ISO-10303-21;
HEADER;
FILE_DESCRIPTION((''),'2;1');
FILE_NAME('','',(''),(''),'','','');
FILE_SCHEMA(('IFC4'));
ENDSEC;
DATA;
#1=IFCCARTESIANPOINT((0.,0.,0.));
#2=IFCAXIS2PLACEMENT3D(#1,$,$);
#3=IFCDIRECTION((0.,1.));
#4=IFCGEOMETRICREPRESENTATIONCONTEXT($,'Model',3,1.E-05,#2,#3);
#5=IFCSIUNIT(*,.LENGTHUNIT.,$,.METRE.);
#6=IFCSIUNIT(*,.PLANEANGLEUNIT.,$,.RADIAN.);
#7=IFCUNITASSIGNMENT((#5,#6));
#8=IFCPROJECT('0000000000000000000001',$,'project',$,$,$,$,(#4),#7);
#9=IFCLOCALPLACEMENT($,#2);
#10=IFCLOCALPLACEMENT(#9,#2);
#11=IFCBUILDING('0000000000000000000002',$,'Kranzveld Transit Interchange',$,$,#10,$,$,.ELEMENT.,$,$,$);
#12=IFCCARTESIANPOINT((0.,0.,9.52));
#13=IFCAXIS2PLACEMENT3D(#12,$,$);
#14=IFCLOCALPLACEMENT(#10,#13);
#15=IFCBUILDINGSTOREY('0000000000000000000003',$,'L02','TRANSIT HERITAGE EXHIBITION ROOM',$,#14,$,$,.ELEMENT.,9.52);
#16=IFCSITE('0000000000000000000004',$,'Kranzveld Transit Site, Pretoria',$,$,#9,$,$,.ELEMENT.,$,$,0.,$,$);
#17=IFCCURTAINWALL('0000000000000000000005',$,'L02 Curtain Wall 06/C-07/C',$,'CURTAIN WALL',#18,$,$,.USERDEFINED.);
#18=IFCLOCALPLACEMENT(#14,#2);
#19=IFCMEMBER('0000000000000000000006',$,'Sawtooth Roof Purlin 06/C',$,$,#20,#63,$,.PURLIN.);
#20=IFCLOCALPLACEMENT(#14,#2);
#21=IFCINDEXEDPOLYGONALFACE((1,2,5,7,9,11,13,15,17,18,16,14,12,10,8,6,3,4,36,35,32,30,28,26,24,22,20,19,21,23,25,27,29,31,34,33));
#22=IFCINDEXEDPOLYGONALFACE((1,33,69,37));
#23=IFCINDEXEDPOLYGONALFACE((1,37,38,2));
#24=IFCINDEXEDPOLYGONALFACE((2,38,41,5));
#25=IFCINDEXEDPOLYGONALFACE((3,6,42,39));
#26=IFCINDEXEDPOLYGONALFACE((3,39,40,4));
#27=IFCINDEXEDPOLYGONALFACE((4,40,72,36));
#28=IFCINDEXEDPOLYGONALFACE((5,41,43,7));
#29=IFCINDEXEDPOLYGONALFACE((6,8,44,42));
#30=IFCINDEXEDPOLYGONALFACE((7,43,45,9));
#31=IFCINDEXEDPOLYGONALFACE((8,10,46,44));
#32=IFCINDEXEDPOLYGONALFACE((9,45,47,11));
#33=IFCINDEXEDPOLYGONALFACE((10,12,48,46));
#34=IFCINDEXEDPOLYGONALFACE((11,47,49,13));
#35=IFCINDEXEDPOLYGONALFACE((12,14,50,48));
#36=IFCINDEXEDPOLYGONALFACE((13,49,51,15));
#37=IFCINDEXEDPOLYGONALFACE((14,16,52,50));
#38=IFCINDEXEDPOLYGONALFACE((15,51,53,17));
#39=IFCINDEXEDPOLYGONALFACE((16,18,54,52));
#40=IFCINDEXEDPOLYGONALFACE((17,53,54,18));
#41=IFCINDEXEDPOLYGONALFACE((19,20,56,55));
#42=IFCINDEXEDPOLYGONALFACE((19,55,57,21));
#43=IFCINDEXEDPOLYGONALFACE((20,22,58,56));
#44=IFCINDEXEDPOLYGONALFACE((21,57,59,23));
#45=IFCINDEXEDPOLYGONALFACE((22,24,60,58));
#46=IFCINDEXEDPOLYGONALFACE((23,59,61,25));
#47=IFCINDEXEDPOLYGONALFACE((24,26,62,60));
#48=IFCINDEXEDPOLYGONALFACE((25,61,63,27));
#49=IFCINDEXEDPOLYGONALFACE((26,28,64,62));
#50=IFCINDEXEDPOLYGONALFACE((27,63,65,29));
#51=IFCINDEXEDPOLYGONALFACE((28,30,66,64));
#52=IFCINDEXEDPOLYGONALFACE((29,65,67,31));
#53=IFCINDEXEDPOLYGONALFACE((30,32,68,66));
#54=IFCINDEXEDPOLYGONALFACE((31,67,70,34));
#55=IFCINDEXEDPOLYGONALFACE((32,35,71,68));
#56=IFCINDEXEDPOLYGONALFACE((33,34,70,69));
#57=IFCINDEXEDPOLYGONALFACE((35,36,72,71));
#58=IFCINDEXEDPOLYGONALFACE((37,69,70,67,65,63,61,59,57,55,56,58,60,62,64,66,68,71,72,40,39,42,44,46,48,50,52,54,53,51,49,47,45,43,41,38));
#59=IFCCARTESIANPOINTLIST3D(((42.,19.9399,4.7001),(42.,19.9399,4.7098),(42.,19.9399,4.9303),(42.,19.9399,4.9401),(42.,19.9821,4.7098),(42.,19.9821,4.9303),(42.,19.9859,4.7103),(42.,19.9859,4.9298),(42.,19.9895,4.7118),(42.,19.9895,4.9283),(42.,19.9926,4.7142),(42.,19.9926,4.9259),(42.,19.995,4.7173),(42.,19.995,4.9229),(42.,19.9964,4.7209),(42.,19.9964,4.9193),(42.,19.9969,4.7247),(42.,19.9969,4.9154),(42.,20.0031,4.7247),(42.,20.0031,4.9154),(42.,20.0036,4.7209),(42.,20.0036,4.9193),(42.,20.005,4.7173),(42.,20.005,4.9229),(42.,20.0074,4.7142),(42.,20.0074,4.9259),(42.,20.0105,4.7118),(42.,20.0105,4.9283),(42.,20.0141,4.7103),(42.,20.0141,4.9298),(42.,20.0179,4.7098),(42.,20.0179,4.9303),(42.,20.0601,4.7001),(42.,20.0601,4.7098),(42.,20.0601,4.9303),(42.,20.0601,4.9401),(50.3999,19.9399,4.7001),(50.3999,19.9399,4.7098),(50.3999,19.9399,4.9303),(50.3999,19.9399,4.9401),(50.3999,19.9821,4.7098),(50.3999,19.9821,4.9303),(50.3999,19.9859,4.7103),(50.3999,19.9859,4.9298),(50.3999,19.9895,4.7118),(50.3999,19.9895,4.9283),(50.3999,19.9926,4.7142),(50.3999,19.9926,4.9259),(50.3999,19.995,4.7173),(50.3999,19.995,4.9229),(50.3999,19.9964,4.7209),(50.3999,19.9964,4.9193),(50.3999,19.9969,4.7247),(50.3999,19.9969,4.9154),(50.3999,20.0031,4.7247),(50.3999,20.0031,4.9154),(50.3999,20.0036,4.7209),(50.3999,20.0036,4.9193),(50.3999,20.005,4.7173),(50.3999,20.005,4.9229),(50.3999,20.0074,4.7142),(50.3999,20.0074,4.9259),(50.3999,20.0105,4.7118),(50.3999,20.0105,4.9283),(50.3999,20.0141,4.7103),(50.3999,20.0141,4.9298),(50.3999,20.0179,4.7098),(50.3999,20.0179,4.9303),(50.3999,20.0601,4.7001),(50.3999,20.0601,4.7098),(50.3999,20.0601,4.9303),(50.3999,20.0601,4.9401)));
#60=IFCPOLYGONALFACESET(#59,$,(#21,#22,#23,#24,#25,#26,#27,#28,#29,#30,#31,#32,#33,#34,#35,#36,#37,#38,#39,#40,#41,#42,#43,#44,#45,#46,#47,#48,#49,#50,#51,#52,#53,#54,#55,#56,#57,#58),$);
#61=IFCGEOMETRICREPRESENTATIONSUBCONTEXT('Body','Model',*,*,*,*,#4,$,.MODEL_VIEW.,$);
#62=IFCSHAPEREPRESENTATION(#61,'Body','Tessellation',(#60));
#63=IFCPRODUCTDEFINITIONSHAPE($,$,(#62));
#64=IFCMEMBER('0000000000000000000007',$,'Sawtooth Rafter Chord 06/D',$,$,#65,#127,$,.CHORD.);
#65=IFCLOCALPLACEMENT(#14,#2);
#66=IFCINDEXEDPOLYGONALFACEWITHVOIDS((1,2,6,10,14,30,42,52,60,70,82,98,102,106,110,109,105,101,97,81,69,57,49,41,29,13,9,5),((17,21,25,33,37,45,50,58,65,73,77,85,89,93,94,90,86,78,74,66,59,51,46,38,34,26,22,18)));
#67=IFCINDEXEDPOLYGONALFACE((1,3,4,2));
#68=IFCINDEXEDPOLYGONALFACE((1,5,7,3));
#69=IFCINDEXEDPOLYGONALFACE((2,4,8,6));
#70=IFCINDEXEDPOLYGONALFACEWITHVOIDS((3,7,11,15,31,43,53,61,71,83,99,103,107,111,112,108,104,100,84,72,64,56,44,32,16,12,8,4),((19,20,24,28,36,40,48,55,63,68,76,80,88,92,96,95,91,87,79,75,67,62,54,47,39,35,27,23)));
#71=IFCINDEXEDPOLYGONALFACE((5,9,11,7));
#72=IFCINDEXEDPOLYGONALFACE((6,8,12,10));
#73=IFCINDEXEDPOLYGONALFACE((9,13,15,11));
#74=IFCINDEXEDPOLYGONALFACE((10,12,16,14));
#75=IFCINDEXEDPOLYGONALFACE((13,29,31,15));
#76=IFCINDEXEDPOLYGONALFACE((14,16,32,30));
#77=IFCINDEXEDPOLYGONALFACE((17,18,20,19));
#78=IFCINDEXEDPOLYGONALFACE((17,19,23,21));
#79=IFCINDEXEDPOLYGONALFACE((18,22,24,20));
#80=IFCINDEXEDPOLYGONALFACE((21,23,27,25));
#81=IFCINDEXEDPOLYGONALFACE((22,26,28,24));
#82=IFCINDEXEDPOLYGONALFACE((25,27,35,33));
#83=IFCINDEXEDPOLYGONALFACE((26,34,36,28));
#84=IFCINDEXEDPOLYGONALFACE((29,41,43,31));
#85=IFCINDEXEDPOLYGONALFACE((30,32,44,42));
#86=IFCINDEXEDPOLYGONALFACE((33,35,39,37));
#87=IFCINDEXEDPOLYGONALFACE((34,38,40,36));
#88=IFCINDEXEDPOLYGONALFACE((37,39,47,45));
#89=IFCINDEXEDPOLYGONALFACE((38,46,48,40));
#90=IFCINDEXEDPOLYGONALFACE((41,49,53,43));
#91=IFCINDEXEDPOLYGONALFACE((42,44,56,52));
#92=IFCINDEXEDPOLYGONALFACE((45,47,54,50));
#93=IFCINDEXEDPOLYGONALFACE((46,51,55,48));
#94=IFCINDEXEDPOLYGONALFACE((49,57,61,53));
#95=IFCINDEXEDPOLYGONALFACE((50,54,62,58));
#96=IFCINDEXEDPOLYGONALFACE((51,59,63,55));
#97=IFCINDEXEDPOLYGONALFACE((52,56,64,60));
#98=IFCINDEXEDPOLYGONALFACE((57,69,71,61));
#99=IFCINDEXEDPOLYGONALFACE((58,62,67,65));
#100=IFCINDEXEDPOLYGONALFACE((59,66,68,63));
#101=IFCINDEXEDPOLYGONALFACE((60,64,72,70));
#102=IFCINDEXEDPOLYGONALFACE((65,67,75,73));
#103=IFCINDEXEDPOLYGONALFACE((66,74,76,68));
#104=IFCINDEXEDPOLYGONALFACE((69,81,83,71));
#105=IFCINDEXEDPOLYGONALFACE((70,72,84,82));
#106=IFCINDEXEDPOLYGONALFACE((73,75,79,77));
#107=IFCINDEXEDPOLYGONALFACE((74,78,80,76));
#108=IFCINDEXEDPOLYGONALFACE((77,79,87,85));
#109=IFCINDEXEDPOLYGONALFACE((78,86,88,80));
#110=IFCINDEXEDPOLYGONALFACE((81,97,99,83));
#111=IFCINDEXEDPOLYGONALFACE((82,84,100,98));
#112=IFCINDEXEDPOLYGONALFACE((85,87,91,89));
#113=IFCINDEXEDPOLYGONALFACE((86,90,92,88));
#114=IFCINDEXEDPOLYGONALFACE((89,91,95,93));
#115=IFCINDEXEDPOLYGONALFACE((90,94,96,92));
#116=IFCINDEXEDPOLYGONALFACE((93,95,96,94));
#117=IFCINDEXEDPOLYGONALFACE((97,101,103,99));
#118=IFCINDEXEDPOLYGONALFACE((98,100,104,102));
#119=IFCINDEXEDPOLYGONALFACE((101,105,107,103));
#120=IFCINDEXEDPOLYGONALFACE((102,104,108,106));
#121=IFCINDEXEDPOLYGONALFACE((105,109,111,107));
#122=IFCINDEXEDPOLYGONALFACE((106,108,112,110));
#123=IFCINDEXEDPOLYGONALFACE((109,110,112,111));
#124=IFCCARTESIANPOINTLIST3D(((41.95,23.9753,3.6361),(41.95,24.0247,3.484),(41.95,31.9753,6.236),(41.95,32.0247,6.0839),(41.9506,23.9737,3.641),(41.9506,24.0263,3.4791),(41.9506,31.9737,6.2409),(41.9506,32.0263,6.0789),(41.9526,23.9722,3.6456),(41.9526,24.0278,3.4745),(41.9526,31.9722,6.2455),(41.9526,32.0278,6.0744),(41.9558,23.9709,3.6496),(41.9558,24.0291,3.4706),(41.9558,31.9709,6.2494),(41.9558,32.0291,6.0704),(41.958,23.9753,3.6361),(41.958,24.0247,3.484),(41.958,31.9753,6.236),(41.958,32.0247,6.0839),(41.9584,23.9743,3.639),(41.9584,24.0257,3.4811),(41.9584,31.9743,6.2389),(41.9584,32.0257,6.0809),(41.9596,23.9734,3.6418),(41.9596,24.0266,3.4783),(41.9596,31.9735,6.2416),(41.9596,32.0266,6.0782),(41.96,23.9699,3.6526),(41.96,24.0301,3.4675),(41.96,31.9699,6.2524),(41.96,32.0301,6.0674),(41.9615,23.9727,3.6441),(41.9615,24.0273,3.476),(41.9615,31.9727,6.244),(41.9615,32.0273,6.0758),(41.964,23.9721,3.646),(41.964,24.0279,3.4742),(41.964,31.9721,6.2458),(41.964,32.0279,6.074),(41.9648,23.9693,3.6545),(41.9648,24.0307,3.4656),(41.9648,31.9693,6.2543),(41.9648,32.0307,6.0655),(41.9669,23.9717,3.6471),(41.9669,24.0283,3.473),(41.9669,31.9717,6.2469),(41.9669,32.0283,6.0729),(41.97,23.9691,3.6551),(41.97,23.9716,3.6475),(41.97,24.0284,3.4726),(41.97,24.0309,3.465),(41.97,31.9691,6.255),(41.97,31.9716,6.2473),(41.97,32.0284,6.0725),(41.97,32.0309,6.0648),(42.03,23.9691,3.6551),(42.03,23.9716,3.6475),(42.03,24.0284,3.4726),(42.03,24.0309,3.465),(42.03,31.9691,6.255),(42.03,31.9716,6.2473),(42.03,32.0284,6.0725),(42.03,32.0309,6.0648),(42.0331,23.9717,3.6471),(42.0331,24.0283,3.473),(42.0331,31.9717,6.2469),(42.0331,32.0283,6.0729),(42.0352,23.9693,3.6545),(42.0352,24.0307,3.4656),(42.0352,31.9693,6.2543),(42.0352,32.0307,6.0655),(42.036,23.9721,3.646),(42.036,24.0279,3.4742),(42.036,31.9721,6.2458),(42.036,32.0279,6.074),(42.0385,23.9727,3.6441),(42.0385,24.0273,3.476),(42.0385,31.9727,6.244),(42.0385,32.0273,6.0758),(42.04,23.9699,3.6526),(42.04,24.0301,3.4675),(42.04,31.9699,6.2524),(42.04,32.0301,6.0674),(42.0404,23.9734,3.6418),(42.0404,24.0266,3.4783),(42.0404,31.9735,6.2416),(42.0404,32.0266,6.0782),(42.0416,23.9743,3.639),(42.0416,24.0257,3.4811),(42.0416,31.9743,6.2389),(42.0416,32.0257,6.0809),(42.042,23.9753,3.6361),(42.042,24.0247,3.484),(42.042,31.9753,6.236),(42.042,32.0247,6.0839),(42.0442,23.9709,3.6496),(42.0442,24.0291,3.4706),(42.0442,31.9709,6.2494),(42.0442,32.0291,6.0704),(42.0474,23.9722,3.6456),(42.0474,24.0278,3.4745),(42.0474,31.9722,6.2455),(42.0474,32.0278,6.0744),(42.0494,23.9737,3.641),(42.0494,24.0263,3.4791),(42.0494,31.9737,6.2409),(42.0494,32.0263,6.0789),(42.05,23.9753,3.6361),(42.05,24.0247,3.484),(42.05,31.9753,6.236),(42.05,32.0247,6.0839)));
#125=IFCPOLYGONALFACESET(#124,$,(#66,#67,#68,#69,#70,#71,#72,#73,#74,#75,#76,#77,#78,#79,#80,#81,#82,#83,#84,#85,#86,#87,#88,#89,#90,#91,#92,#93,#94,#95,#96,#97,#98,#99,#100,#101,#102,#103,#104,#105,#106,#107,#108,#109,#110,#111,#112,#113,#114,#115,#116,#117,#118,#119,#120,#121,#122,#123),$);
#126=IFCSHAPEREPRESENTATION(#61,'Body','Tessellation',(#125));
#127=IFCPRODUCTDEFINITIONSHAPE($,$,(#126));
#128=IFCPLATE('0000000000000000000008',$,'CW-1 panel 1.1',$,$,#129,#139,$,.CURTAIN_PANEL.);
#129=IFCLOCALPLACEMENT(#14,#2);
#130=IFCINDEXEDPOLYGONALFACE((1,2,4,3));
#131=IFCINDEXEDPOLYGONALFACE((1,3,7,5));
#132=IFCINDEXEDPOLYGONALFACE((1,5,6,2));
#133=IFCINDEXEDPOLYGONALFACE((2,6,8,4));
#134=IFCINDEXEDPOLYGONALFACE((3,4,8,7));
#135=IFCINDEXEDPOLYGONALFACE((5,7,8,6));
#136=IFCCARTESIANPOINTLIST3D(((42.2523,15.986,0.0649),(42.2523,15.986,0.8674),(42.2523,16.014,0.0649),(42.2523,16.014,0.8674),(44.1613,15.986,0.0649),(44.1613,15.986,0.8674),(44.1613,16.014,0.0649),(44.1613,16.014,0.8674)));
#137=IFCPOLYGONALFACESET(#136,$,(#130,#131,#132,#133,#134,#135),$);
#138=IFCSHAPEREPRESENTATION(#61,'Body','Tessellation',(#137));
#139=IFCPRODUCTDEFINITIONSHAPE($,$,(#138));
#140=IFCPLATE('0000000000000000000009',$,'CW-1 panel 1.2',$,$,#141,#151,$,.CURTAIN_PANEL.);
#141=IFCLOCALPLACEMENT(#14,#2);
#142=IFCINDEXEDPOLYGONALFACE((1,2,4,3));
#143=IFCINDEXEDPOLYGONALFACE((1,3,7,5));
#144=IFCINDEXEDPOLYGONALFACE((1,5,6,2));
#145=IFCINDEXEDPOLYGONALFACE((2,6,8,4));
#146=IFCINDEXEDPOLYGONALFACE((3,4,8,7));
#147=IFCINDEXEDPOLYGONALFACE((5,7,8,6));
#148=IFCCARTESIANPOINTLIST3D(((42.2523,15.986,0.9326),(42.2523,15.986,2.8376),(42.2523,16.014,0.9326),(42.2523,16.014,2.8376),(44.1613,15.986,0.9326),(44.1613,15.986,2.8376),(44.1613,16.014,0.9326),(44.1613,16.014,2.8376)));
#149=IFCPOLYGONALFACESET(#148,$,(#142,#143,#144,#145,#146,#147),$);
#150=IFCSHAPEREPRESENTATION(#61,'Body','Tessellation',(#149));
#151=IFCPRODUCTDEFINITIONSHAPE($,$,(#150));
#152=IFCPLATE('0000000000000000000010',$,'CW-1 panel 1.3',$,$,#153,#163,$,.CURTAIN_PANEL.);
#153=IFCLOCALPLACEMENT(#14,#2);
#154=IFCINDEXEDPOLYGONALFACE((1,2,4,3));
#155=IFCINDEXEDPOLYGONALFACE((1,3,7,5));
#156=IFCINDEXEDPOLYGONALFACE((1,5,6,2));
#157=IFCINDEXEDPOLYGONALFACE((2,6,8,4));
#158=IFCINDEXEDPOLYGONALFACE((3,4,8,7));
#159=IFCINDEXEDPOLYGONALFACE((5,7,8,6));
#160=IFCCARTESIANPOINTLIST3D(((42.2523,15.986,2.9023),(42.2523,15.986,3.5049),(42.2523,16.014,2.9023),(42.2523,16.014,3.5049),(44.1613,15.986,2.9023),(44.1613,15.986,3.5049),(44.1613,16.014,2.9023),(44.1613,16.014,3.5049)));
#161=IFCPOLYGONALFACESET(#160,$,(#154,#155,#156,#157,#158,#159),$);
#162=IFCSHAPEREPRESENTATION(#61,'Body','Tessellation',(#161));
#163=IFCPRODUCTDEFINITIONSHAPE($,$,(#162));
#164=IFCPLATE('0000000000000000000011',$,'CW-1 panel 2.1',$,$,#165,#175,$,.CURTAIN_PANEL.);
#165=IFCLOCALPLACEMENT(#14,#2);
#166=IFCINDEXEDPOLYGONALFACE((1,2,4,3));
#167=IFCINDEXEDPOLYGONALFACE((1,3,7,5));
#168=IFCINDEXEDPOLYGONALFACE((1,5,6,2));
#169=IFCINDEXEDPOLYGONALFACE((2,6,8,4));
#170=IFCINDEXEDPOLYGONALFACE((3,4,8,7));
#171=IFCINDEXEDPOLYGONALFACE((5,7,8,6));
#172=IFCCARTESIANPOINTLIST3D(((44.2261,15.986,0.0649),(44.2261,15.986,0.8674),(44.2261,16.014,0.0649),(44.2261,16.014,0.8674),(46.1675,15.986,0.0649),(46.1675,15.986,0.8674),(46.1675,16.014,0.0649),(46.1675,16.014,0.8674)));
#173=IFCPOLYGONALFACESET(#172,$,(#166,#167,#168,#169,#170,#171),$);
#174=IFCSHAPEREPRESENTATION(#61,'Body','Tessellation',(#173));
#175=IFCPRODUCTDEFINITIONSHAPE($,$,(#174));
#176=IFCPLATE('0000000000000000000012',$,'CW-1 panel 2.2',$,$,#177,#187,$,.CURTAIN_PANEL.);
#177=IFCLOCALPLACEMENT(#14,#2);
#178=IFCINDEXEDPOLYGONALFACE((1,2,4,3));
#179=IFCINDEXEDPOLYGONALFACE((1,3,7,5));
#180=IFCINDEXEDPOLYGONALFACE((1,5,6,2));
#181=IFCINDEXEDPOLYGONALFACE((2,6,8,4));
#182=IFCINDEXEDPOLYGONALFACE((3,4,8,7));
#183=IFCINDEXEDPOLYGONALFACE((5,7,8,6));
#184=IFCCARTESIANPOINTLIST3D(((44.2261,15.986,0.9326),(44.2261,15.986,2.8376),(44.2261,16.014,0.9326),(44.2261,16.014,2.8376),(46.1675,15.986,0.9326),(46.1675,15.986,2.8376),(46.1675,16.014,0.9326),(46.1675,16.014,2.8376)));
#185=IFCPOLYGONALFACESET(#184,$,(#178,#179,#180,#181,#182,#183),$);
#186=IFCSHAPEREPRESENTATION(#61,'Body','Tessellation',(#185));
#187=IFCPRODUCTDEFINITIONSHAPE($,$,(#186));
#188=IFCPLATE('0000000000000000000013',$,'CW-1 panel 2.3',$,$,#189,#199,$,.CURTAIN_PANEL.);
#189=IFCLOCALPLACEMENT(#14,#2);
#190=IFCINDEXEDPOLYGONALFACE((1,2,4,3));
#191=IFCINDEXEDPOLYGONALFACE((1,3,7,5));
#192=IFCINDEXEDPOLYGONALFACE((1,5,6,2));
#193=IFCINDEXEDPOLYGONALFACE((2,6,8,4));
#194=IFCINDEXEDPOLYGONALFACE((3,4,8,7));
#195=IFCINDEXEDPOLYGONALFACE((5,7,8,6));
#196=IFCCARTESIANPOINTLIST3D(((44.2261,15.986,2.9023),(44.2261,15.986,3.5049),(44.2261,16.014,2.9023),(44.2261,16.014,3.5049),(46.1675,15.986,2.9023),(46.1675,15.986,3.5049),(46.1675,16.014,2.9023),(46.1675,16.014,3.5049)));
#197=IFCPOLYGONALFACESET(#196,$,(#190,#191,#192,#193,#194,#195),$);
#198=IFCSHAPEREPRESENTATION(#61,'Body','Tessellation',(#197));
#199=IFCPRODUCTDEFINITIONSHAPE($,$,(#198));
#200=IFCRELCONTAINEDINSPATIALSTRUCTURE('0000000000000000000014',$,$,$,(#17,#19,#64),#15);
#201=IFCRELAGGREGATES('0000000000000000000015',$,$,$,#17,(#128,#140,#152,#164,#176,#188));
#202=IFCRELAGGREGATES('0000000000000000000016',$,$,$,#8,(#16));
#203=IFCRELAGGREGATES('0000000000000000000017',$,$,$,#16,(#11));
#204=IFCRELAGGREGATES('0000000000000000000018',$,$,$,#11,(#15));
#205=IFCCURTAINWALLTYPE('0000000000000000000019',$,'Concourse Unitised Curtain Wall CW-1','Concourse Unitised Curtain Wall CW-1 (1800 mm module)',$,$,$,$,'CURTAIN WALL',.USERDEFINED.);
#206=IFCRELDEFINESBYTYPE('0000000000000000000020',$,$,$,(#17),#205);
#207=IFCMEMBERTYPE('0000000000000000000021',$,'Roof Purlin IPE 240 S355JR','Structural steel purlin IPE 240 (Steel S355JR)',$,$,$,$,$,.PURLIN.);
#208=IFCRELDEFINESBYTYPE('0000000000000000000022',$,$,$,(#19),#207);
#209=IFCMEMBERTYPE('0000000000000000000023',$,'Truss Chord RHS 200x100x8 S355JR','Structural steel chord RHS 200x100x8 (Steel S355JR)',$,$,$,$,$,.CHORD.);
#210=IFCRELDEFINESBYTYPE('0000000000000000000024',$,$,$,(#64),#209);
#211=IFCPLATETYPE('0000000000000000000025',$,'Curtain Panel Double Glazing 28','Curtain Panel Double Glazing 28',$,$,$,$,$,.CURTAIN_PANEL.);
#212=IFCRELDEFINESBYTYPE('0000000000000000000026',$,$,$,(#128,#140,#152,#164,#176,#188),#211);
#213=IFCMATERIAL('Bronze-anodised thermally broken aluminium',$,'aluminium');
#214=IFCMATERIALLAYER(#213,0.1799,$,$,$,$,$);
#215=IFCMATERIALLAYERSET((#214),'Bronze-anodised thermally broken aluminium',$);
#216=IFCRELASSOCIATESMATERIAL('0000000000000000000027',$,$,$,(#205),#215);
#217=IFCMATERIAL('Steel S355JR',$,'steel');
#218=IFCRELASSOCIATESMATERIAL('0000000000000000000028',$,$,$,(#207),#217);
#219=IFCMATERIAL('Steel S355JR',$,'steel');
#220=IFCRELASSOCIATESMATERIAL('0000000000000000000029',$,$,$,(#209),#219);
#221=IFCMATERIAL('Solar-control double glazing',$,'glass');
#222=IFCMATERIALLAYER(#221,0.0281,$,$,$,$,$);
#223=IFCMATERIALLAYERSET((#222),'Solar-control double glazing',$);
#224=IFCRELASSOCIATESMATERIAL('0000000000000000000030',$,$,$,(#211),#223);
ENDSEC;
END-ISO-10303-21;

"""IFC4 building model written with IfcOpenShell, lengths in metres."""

from ifc_helpers import new_model, si_unit, direction, frame, origin, origin_2d, place, context, subcontext, project, spatial, rectangle, hollow_rectangle, i_section, extrude, material, layer, layer_set, material_profile, profile_set, type_object, element, aggregate, save


model = new_model("IFC4")

# Units and contexts
model_context = context("Model", 3, precision=1e-05, world=origin(), true_north=direction((0.0, 1.0)))
body_context = subcontext(model_context, "Body", "Model", "MODEL_VIEW")
ifc_project = project(units=[si_unit("LENGTHUNIT", "METRE"), si_unit("PLANEANGLEUNIT", "RADIAN")], contexts=[model_context])

# Site, building, storey
site_placement = place(None, origin())
site = spatial("IfcSite", under=ifc_project, at=site_placement, Name="Kranzveld Transit Site, Pretoria", CompositionType="ELEMENT", RefElevation=0.0)
building_placement = place(site_placement, origin())
building = spatial("IfcBuilding", under=site, at=building_placement, Name="Kranzveld Transit Interchange", CompositionType="ELEMENT")
storey_placement = place(building_placement, frame((0.0, 0.0, 9.52)))
storey = spatial("IfcBuildingStorey", under=building, at=storey_placement, Name="L02", Description="TRANSIT HERITAGE EXHIBITION ROOM", CompositionType="ELEMENT", Elevation=9.52)

# Curtain wall
ifc_material_1 = material(Name="Bronze-anodised thermally broken aluminium", Category="aluminium")
ifc_layer_1 = layer(ifc_material_1, 0.1799)
ifc_layer_set_1 = layer_set([ifc_layer_1], Name="Bronze-anodised thermally broken aluminium")
curtain_wall_type = type_object("IfcCurtainWallType", Name="Concourse Unitised Curtain Wall CW-1", Description="Concourse Unitised Curtain Wall CW-1 (1800 mm module)", ElementType="CURTAIN WALL", PredefinedType="USERDEFINED", material=ifc_layer_set_1)
curtain_wall_placement = place(storey_placement, origin())
curtain_wall = element("IfcCurtainWall", 1, at=curtain_wall_placement, inside=storey, type_object=curtain_wall_type, Name="L02 Curtain Wall 06/C-07/C", ObjectType="CURTAIN WALL", PredefinedType="USERDEFINED")

# Members
ifc_material_2 = material(Name="Steel S355JR", Category="steel")
ifc_material_profile_1 = material_profile(ifc_material_2, i_section(OverallWidth=0.1201, OverallDepth=0.24, WebThickness=0.0061, FlangeThickness=0.0098, FilletRadius=0.0149, at=origin_2d()), Name="IPE 240")
ifc_profile_set_1 = profile_set([ifc_material_profile_1], Name="Steel S355JR")
member_type_1 = type_object("IfcMemberType", Name="Roof Purlin IPE 240 S355JR", Description="Structural steel purlin IPE 240 (Steel S355JR)", PredefinedType="PURLIN", material=ifc_profile_set_1)
member_1_placement = place(storey_placement, frame((42.0, 20.0, 4.8201), z_axis=(1.0, 0.0, 0.0), x_axis=(0.0, 1.0, 0.0)))
element("IfcMember", 2, at=member_1_placement, inside=storey, type_object=member_type_1, Name="Sawtooth Roof Purlin 06/C", PredefinedType="PURLIN", context=body_context, shape_type="SweptSolid", body=[
    extrude(i_section(OverallWidth=0.1201, OverallDepth=0.24, WebThickness=0.0061, FlangeThickness=0.0098, FilletRadius=0.0149, at=origin_2d()), origin(), (0.0, 0.0, 1.0), 8.3999),
])
ifc_material_3 = material(Name="Steel S355JR", Category="steel")
ifc_material_profile_2 = material_profile(ifc_material_3, hollow_rectangle(XDim=0.1001, YDim=0.2, WallThickness=0.0081, InnerFilletRadius=0.012, OuterFilletRadius=0.02, at=origin_2d()), Name="RHS 200x100x8")
ifc_profile_set_2 = profile_set([ifc_material_profile_2], Name="Steel S355JR")
member_type_2 = type_object("IfcMemberType", Name="Truss Chord RHS 200x100x8 S355JR", Description="Structural steel chord RHS 200x100x8 (Steel S355JR)", PredefinedType="CHORD", material=ifc_profile_set_2)
member_2_placement = place(storey_placement, frame((42.0, 24.0, 3.5601), z_axis=(0.0, 0.951039, 0.30907), x_axis=(-1.0, 0.0, 0.0)))
element("IfcMember", 3, at=member_2_placement, inside=storey, type_object=member_type_2, Name="Sawtooth Rafter Chord 06/D", PredefinedType="CHORD", context=body_context, shape_type="SweptSolid", body=[
    extrude(hollow_rectangle(XDim=0.1001, YDim=0.2, WallThickness=0.0081, InnerFilletRadius=0.012, OuterFilletRadius=0.02, at=origin_2d()), origin(), (0.0, 0.0, 1.0), 8.4119),
])

# Plates
ifc_material_4 = material(Name="Solar-control double glazing", Category="glass")
ifc_layer_2 = layer(ifc_material_4, 0.0281)
ifc_layer_set_2 = layer_set([ifc_layer_2], Name="Solar-control double glazing")
plate_type = type_object("IfcPlateType", Name="Curtain Panel Double Glazing 28", Description="Curtain Panel Double Glazing 28", PredefinedType="CURTAIN_PANEL", material=ifc_layer_set_2)
plate_1_placement = place(storey_placement, frame((43.2068, 16.0, 0.0649), z_axis=(0.0, 0.0, 1.0), x_axis=(1.0, 0.0, 0.0)))
plate_1 = element("IfcPlate", 4, at=plate_1_placement, type_object=plate_type, Name="CW-1 panel 1.1", PredefinedType="CURTAIN_PANEL", context=body_context, shape_type="SweptSolid", body=[
    extrude(rectangle(XDim=1.9089, YDim=0.0281, at=origin_2d()), origin(), (0.0, 0.0, 1.0), 0.8025),
])
plate_2_placement = place(storey_placement, frame((43.2068, 16.0, 0.9326), z_axis=(0.0, 0.0, 1.0), x_axis=(1.0, 0.0, 0.0)))
plate_2 = element("IfcPlate", 5, at=plate_2_placement, type_object=plate_type, Name="CW-1 panel 1.2", PredefinedType="CURTAIN_PANEL", context=body_context, shape_type="SweptSolid", body=[
    extrude(rectangle(XDim=1.9089, YDim=0.0281, at=origin_2d()), origin(), (0.0, 0.0, 1.0), 1.905),
])
plate_3_placement = place(storey_placement, frame((43.2068, 16.0, 2.9023), z_axis=(0.0, 0.0, 1.0), x_axis=(1.0, 0.0, 0.0)))
plate_3 = element("IfcPlate", 6, at=plate_3_placement, type_object=plate_type, Name="CW-1 panel 1.3", PredefinedType="CURTAIN_PANEL", context=body_context, shape_type="SweptSolid", body=[
    extrude(rectangle(XDim=1.9089, YDim=0.0281, at=origin_2d()), origin(), (0.0, 0.0, 1.0), 0.6025),
])
plate_4_placement = place(storey_placement, frame((45.1968, 16.0, 0.0649), z_axis=(0.0, 0.0, 1.0), x_axis=(1.0, 0.0, 0.0)))
plate_4 = element("IfcPlate", 7, at=plate_4_placement, type_object=plate_type, Name="CW-1 panel 2.1", PredefinedType="CURTAIN_PANEL", context=body_context, shape_type="SweptSolid", body=[
    extrude(rectangle(XDim=1.9414, YDim=0.0281, at=origin_2d()), origin(), (0.0, 0.0, 1.0), 0.8025),
])
plate_5_placement = place(storey_placement, frame((45.1968, 16.0, 0.9326), z_axis=(0.0, 0.0, 1.0), x_axis=(1.0, 0.0, 0.0)))
plate_5 = element("IfcPlate", 8, at=plate_5_placement, type_object=plate_type, Name="CW-1 panel 2.2", PredefinedType="CURTAIN_PANEL", context=body_context, shape_type="SweptSolid", body=[
    extrude(rectangle(XDim=1.9414, YDim=0.0281, at=origin_2d()), origin(), (0.0, 0.0, 1.0), 1.905),
])
plate_6_placement = place(storey_placement, frame((45.1968, 16.0, 2.9023), z_axis=(0.0, 0.0, 1.0), x_axis=(1.0, 0.0, 0.0)))
plate_6 = element("IfcPlate", 9, at=plate_6_placement, type_object=plate_type, Name="CW-1 panel 2.3", PredefinedType="CURTAIN_PANEL", context=body_context, shape_type="SweptSolid", body=[
    extrude(rectangle(XDim=1.9414, YDim=0.0281, at=origin_2d()), origin(), (0.0, 0.0, 1.0), 0.6025),
])
aggregate(curtain_wall, [plate_1, plate_2, plate_3, plate_4, plate_5, plate_6])

save(model, "model.ifc")
